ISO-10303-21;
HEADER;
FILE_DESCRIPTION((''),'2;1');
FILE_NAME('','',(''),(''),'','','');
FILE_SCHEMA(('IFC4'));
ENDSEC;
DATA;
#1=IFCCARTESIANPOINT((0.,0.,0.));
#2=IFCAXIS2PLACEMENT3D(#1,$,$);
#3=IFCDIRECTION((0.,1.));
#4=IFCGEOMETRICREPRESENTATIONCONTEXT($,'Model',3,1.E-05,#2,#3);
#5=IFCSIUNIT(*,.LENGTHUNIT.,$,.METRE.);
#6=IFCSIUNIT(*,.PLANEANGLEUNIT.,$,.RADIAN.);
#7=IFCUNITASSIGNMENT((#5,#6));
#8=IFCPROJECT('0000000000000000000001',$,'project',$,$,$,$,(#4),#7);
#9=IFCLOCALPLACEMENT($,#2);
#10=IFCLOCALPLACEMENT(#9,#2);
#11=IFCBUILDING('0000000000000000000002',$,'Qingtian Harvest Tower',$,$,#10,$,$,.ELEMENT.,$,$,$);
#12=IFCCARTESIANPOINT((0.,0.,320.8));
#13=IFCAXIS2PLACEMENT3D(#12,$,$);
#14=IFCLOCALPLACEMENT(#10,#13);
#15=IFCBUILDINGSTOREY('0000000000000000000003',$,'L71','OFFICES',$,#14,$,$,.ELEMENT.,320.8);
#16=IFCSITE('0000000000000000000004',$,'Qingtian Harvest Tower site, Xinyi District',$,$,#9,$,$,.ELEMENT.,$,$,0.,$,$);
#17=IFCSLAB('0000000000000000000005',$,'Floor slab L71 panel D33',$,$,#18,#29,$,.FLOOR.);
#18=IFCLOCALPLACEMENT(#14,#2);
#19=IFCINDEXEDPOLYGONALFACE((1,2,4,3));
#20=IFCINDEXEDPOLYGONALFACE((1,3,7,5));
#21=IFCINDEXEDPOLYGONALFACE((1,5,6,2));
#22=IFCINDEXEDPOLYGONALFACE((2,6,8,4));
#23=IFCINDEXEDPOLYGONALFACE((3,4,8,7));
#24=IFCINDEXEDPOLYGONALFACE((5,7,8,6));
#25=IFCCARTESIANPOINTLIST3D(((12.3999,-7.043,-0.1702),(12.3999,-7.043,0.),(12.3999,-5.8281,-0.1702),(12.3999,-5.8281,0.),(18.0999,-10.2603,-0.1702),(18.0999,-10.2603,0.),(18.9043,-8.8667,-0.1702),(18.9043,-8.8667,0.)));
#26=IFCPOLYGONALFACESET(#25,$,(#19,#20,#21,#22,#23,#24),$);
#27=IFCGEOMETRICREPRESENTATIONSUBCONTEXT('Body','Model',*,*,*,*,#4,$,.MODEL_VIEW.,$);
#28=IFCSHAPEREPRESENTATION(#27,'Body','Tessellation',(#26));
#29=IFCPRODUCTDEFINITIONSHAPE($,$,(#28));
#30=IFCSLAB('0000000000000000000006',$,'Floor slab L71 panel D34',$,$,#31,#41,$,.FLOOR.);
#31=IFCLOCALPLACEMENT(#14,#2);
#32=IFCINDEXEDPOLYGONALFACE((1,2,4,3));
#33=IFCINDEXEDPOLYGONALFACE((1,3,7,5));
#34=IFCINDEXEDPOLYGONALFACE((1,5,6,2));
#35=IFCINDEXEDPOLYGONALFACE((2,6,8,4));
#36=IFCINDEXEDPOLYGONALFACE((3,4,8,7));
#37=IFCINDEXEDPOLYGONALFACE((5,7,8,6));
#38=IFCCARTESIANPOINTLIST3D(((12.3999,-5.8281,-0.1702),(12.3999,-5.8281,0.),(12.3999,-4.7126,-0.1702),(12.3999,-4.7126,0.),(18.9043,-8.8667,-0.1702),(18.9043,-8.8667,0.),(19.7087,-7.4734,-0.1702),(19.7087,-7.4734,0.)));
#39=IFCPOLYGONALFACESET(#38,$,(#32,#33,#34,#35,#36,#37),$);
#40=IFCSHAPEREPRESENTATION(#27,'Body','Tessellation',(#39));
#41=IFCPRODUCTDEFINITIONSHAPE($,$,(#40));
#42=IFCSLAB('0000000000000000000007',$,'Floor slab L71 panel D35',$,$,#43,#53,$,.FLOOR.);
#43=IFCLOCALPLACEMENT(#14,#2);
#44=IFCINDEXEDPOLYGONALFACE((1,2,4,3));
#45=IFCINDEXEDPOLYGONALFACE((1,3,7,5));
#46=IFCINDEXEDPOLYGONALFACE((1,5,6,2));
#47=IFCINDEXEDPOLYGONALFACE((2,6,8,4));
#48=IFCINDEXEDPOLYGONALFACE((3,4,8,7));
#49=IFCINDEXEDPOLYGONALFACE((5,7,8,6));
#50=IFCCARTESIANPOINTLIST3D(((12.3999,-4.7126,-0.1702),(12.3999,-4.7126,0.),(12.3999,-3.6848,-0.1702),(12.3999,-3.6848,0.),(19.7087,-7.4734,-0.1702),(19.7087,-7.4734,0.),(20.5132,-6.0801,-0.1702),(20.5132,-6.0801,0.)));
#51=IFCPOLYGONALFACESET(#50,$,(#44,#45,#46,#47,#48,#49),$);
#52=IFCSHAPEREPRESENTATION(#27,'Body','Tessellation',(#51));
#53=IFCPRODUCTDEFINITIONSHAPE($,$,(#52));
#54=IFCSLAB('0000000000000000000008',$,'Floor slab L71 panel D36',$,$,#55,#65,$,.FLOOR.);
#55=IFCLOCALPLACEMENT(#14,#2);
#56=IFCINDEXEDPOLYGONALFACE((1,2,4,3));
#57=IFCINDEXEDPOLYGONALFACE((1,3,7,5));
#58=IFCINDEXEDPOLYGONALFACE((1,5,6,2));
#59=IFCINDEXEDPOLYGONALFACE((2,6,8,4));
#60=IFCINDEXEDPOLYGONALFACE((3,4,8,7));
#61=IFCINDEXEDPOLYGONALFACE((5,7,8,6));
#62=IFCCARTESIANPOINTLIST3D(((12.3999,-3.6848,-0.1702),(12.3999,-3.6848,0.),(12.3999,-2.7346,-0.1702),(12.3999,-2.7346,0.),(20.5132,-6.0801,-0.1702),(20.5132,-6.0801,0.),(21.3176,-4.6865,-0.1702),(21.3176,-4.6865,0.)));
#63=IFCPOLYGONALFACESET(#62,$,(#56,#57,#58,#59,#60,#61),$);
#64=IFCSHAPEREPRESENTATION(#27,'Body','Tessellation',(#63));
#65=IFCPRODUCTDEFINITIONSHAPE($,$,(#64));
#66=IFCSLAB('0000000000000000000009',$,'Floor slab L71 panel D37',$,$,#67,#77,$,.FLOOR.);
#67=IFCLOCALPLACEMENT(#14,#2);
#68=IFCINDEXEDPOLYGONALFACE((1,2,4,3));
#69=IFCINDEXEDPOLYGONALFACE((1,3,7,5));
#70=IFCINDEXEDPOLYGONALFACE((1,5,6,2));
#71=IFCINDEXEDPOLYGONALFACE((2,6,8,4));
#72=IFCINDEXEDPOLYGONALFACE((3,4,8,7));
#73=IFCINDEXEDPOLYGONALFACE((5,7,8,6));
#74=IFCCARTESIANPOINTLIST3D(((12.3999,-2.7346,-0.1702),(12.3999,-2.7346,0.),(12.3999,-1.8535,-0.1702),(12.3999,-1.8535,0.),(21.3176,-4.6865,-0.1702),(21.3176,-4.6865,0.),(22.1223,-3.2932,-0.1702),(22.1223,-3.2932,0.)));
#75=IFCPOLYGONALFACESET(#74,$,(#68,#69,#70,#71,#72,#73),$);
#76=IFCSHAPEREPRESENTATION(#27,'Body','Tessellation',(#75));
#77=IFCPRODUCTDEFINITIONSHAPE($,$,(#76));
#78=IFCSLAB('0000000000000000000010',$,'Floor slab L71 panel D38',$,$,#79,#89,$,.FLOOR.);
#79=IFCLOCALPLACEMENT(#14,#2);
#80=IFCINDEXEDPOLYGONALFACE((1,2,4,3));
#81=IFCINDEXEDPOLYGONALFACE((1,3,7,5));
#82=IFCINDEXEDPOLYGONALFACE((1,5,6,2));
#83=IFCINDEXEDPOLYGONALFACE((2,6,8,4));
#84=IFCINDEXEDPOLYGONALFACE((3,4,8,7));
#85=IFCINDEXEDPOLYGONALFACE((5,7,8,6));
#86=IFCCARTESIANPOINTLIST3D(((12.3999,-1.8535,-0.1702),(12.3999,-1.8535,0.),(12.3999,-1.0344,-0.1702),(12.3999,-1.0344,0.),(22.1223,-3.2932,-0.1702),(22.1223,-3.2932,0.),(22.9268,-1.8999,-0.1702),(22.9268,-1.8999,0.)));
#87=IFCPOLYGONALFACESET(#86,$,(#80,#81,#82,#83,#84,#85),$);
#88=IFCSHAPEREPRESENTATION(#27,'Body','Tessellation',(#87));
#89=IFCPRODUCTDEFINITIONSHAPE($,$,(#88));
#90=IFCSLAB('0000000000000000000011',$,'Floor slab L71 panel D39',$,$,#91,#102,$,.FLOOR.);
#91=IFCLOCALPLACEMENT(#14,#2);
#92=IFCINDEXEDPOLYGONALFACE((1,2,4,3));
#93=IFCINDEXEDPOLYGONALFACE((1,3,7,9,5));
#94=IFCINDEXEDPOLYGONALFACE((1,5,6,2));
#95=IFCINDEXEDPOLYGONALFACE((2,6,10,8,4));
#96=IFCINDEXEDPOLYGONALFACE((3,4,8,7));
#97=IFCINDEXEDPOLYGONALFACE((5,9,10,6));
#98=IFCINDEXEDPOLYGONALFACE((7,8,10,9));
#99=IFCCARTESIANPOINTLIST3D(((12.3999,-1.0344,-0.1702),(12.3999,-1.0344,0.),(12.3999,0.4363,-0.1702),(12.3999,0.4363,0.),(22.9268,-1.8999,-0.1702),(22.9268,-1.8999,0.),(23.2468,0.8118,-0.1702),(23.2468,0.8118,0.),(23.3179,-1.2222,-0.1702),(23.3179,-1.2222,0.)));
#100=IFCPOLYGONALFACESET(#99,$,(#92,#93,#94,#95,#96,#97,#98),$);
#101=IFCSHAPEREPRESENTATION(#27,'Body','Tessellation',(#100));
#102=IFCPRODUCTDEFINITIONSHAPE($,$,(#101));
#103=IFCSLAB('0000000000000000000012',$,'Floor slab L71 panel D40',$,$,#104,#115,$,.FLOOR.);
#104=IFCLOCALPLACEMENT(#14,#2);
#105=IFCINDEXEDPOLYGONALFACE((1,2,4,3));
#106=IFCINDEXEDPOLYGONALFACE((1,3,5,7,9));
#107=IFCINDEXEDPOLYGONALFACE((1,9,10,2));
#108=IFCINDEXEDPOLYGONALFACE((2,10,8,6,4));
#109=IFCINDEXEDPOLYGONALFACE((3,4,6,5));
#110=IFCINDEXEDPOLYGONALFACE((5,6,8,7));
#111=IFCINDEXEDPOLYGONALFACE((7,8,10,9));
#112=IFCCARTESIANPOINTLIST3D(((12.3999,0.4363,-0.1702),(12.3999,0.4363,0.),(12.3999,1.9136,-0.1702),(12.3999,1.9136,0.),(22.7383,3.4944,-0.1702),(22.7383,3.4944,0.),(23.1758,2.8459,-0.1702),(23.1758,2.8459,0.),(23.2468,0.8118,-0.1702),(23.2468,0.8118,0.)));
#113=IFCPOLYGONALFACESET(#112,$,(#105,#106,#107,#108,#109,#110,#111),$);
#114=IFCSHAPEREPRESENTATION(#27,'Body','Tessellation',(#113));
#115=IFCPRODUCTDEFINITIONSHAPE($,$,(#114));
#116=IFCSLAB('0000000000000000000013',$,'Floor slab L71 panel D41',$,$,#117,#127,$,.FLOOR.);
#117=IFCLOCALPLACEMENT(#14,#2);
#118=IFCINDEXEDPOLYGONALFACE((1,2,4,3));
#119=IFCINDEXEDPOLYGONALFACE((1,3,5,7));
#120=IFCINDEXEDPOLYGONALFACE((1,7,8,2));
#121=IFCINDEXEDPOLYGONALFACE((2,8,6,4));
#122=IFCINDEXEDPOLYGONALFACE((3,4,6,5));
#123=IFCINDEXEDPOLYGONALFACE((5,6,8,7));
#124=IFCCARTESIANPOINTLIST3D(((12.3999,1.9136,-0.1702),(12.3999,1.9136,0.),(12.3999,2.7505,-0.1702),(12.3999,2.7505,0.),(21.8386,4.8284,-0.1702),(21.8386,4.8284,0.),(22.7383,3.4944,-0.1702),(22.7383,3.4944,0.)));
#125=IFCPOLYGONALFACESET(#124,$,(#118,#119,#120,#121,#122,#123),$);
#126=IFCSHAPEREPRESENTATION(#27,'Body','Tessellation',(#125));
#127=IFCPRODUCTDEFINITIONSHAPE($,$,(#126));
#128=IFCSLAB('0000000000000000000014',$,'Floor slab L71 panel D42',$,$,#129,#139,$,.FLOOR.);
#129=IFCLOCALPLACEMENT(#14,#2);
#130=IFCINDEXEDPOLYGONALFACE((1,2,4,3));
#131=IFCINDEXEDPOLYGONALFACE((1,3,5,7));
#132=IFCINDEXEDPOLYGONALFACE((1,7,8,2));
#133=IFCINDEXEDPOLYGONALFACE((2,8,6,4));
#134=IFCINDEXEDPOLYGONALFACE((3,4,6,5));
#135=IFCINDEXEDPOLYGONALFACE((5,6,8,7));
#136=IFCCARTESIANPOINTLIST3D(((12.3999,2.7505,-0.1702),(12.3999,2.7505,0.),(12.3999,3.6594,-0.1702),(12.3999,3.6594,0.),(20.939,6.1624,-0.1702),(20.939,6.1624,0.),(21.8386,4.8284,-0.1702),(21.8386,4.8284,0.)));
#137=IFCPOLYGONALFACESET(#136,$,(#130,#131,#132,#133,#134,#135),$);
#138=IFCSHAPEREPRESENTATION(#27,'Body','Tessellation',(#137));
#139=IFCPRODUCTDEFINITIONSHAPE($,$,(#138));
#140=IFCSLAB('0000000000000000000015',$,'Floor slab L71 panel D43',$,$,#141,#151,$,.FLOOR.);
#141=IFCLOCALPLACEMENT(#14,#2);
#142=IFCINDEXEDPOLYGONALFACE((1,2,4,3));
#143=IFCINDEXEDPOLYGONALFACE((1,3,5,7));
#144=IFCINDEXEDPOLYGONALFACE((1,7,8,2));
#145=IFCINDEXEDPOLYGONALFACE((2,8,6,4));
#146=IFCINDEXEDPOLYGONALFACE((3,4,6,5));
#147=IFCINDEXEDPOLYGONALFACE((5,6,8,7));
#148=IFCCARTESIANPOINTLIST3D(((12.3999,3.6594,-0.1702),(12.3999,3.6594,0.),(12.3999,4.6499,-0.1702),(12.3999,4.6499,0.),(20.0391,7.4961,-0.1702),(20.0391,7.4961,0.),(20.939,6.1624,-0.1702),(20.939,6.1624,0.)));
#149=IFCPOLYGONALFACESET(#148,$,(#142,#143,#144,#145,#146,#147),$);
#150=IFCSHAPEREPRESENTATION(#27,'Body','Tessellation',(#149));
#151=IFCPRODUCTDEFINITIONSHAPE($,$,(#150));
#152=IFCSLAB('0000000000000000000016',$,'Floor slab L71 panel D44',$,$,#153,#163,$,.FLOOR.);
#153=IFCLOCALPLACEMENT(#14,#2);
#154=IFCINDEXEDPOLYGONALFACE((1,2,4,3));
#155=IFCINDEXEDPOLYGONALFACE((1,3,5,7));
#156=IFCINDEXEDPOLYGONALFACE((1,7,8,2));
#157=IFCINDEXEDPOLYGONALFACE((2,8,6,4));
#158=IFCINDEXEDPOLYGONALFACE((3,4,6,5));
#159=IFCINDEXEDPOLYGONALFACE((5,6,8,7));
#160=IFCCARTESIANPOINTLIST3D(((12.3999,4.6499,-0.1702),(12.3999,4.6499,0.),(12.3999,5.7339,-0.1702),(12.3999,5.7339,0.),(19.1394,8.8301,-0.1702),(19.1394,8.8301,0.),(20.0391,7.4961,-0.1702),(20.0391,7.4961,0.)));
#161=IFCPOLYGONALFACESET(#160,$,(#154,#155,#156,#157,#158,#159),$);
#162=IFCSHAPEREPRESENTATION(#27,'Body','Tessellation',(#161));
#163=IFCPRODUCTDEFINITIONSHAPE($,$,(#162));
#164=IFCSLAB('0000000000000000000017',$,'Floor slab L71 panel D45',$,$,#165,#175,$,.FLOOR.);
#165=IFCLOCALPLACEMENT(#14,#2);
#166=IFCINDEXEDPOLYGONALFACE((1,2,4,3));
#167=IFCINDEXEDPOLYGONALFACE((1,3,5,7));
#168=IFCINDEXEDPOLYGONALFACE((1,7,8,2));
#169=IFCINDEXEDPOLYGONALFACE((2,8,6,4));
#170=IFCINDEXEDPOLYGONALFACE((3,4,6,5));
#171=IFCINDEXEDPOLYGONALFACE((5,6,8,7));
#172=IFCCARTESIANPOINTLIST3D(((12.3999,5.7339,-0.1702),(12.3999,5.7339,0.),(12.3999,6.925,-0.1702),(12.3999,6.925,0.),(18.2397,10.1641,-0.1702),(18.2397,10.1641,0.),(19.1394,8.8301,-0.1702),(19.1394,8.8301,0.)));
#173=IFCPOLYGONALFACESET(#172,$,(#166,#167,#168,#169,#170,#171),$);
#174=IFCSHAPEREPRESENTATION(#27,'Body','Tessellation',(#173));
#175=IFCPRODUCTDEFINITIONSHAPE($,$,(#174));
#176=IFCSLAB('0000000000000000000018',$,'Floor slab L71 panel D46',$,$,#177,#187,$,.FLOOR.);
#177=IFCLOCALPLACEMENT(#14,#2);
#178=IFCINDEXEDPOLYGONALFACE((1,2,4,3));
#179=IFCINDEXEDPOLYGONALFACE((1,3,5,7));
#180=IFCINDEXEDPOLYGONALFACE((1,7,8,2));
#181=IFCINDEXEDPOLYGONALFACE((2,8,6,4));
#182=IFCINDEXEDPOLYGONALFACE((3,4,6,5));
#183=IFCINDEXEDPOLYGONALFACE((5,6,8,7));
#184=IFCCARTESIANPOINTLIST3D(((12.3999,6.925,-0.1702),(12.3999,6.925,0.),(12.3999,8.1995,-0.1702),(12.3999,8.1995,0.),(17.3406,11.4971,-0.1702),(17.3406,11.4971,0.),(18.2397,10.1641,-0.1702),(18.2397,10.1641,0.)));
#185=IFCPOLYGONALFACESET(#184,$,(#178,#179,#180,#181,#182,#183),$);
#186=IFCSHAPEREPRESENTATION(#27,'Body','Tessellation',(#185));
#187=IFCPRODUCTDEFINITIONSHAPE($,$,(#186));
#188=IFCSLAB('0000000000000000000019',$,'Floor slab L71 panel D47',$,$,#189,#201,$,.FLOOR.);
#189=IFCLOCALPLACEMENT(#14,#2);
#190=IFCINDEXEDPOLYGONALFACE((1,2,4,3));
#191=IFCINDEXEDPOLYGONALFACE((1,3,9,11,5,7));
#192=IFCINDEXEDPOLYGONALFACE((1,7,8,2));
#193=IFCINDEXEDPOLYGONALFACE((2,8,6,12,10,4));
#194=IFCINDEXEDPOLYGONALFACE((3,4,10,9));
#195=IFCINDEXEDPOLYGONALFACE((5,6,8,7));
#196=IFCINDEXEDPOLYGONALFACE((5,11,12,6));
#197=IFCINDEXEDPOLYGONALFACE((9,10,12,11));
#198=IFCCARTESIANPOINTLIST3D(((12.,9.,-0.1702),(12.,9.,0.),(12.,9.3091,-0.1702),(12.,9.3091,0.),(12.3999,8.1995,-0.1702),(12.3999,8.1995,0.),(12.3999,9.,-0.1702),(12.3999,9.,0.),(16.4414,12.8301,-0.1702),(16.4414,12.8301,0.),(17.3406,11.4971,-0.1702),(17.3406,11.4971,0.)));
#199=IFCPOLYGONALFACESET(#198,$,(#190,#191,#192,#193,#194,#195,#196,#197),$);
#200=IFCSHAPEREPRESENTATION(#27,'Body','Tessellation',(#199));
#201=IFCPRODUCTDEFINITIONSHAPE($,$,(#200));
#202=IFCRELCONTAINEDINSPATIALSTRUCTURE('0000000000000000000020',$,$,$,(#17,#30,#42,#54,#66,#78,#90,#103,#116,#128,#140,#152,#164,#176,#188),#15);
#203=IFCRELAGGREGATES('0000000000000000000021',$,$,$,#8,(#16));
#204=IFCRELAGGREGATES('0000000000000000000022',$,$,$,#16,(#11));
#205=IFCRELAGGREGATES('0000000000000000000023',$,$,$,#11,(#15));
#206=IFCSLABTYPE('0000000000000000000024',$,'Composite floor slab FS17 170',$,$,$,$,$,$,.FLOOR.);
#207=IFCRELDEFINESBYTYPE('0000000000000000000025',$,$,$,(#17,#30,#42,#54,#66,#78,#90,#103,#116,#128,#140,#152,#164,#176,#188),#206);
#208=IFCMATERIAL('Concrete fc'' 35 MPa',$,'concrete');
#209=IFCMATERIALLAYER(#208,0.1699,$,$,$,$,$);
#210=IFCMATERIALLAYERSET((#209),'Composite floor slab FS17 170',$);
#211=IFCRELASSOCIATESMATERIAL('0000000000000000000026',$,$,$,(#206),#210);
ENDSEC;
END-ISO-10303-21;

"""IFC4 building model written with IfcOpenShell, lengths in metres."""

from ifc_helpers import new_model, si_unit, direction, frame, origin, place, context, subcontext, project, spatial, polyline, outline, extrude, material, layer, layer_set, type_object, element, save


model = new_model("IFC4")

# Units and contexts
model_context = context("Model", 3, precision=1e-05, world=origin(), true_north=direction((0.0, 1.0)))
body_context = subcontext(model_context, "Body", "Model", "MODEL_VIEW")
ifc_project = project(units=[si_unit("LENGTHUNIT", "METRE"), si_unit("PLANEANGLEUNIT", "RADIAN")], contexts=[model_context])

# Site, building, storey
site_placement = place(None, origin())
site = spatial("IfcSite", under=ifc_project, at=site_placement, Name="Qingtian Harvest Tower site, Xinyi District", CompositionType="ELEMENT", RefElevation=0.0)
building_placement = place(site_placement, origin())
building = spatial("IfcBuilding", under=site, at=building_placement, Name="Qingtian Harvest Tower", CompositionType="ELEMENT")
storey_placement = place(building_placement, frame((0.0, 0.0, 320.8)))
storey = spatial("IfcBuildingStorey", under=building, at=storey_placement, Name="L71", Description="OFFICES", CompositionType="ELEMENT", Elevation=320.8)

# Slabs
ifc_material_1 = material(Name="Concrete fc' 35 MPa", Category="concrete")
ifc_layer_1 = layer(ifc_material_1, 0.1699)
ifc_layer_set_1 = layer_set([ifc_layer_1], Name="Composite floor slab FS17 170")
slab_type = type_object("IfcSlabType", Name="Composite floor slab FS17 170", PredefinedType="FLOOR", material=ifc_layer_set_1)
slab_1_placement = place(storey_placement, frame((0.0, 0.0, -0.1702)))
element("IfcSlab", 1, at=slab_1_placement, inside=storey, type_object=slab_type, Name="Floor slab L71 panel D33", PredefinedType="FLOOR", context=body_context, shape_type="SweptSolid", body=[
    extrude(outline(polyline([(12.3999, -5.8281), (18.9043, -8.8667), (18.0999, -10.2603), (12.3999, -7.043), (12.3999, -5.8281)])), origin(), (0.0, 0.0, 1.0), 0.1702),
])
slab_2_placement = place(storey_placement, frame((0.0, 0.0, -0.1702)))
element("IfcSlab", 2, at=slab_2_placement, inside=storey, type_object=slab_type, Name="Floor slab L71 panel D34", PredefinedType="FLOOR", context=body_context, shape_type="SweptSolid", body=[
    extrude(outline(polyline([(12.3999, -4.7126), (19.7087, -7.4734), (18.9043, -8.8667), (12.3999, -5.8281), (12.3999, -4.7126)])), origin(), (0.0, 0.0, 1.0), 0.1702),
])
slab_3_placement = place(storey_placement, frame((0.0, 0.0, -0.1702)))
element("IfcSlab", 3, at=slab_3_placement, inside=storey, type_object=slab_type, Name="Floor slab L71 panel D35", PredefinedType="FLOOR", context=body_context, shape_type="SweptSolid", body=[
    extrude(outline(polyline([(12.3999, -3.6848), (20.5132, -6.0801), (19.7087, -7.4734), (12.3999, -4.7126), (12.3999, -3.6848)])), origin(), (0.0, 0.0, 1.0), 0.1702),
])
slab_4_placement = place(storey_placement, frame((0.0, 0.0, -0.1702)))
element("IfcSlab", 4, at=slab_4_placement, inside=storey, type_object=slab_type, Name="Floor slab L71 panel D36", PredefinedType="FLOOR", context=body_context, shape_type="SweptSolid", body=[
    extrude(outline(polyline([(12.3999, -2.7346), (21.3176, -4.6865), (20.5132, -6.0801), (12.3999, -3.6848), (12.3999, -2.7346)])), origin(), (0.0, 0.0, 1.0), 0.1702),
])
slab_5_placement = place(storey_placement, frame((0.0, 0.0, -0.1702)))
element("IfcSlab", 5, at=slab_5_placement, inside=storey, type_object=slab_type, Name="Floor slab L71 panel D37", PredefinedType="FLOOR", context=body_context, shape_type="SweptSolid", body=[
    extrude(outline(polyline([(12.3999, -1.8535), (22.1223, -3.2932), (21.3176, -4.6865), (12.3999, -2.7346), (12.3999, -1.8535)])), origin(), (0.0, 0.0, 1.0), 0.1702),
])
slab_6_placement = place(storey_placement, frame((0.0, 0.0, -0.1702)))
element("IfcSlab", 6, at=slab_6_placement, inside=storey, type_object=slab_type, Name="Floor slab L71 panel D38", PredefinedType="FLOOR", context=body_context, shape_type="SweptSolid", body=[
    extrude(outline(polyline([(12.3999, -1.0344), (22.9268, -1.8999), (22.1223, -3.2932), (12.3999, -1.8535), (12.3999, -1.0344)])), origin(), (0.0, 0.0, 1.0), 0.1702),
])
slab_7_placement = place(storey_placement, frame((0.0, 0.0, -0.1702)))
element("IfcSlab", 7, at=slab_7_placement, inside=storey, type_object=slab_type, Name="Floor slab L71 panel D39", PredefinedType="FLOOR", context=body_context, shape_type="SweptSolid", body=[
    extrude(outline(polyline([(12.3999, -1.0344), (12.3999, 0.4363), (23.2468, 0.8118), (23.3179, -1.2222), (22.9268, -1.8999), (12.3999, -1.0344)])), origin(), (0.0, 0.0, 1.0), 0.1702),
])
slab_8_placement = place(storey_placement, frame((0.0, 0.0, -0.1702)))
element("IfcSlab", 8, at=slab_8_placement, inside=storey, type_object=slab_type, Name="Floor slab L71 panel D40", PredefinedType="FLOOR", context=body_context, shape_type="SweptSolid", body=[
    extrude(outline(polyline([(12.3999, 0.4363), (12.3999, 1.9136), (22.7383, 3.4944), (23.1758, 2.8459), (23.2468, 0.8118), (12.3999, 0.4363)])), origin(), (0.0, 0.0, 1.0), 0.1702),
])
slab_9_placement = place(storey_placement, frame((0.0, 0.0, -0.1702)))
element("IfcSlab", 9, at=slab_9_placement, inside=storey, type_object=slab_type, Name="Floor slab L71 panel D41", PredefinedType="FLOOR", context=body_context, shape_type="SweptSolid", body=[
    extrude(outline(polyline([(12.3999, 2.7505), (21.8386, 4.8284), (22.7383, 3.4944), (12.3999, 1.9136), (12.3999, 2.7505)])), origin(), (0.0, 0.0, 1.0), 0.1702),
])
slab_10_placement = place(storey_placement, frame((0.0, 0.0, -0.1702)))
element("IfcSlab", 10, at=slab_10_placement, inside=storey, type_object=slab_type, Name="Floor slab L71 panel D42", PredefinedType="FLOOR", context=body_context, shape_type="SweptSolid", body=[
    extrude(outline(polyline([(12.3999, 3.6594), (20.939, 6.1624), (21.8386, 4.8284), (12.3999, 2.7505), (12.3999, 3.6594)])), origin(), (0.0, 0.0, 1.0), 0.1702),
])
slab_11_placement = place(storey_placement, frame((0.0, 0.0, -0.1702)))
element("IfcSlab", 11, at=slab_11_placement, inside=storey, type_object=slab_type, Name="Floor slab L71 panel D43", PredefinedType="FLOOR", context=body_context, shape_type="SweptSolid", body=[
    extrude(outline(polyline([(12.3999, 4.6499), (20.0391, 7.4961), (20.939, 6.1624), (12.3999, 3.6594), (12.3999, 4.6499)])), origin(), (0.0, 0.0, 1.0), 0.1702),
])
slab_12_placement = place(storey_placement, frame((0.0, 0.0, -0.1702)))
element("IfcSlab", 12, at=slab_12_placement, inside=storey, type_object=slab_type, Name="Floor slab L71 panel D44", PredefinedType="FLOOR", context=body_context, shape_type="SweptSolid", body=[
    extrude(outline(polyline([(12.3999, 5.7339), (19.1394, 8.8301), (20.0391, 7.4961), (12.3999, 4.6499), (12.3999, 5.7339)])), origin(), (0.0, 0.0, 1.0), 0.1702),
])
slab_13_placement = place(storey_placement, frame((0.0, 0.0, -0.1702)))
element("IfcSlab", 13, at=slab_13_placement, inside=storey, type_object=slab_type, Name="Floor slab L71 panel D45", PredefinedType="FLOOR", context=body_context, shape_type="SweptSolid", body=[
    extrude(outline(polyline([(12.3999, 6.925), (18.2397, 10.1641), (19.1394, 8.8301), (12.3999, 5.7339), (12.3999, 6.925)])), origin(), (0.0, 0.0, 1.0), 0.1702),
])
slab_14_placement = place(storey_placement, frame((0.0, 0.0, -0.1702)))
element("IfcSlab", 14, at=slab_14_placement, inside=storey, type_object=slab_type, Name="Floor slab L71 panel D46", PredefinedType="FLOOR", context=body_context, shape_type="SweptSolid", body=[
    extrude(outline(polyline([(12.3999, 8.1995), (17.3406, 11.4971), (18.2397, 10.1641), (12.3999, 6.925), (12.3999, 8.1995)])), origin(), (0.0, 0.0, 1.0), 0.1702),
])
slab_15_placement = place(storey_placement, frame((0.0, 0.0, -0.1702)))
element("IfcSlab", 15, at=slab_15_placement, inside=storey, type_object=slab_type, Name="Floor slab L71 panel D47", PredefinedType="FLOOR", context=body_context, shape_type="SweptSolid", body=[
    extrude(outline(polyline([(12.3999, 9.0), (12.0, 9.0), (12.0, 9.3091), (16.4414, 12.8301), (17.3406, 11.4971), (12.3999, 8.1995), (12.3999, 9.0)])), origin(), (0.0, 0.0, 1.0), 0.1702),
])

save(model, "model.ifc")
